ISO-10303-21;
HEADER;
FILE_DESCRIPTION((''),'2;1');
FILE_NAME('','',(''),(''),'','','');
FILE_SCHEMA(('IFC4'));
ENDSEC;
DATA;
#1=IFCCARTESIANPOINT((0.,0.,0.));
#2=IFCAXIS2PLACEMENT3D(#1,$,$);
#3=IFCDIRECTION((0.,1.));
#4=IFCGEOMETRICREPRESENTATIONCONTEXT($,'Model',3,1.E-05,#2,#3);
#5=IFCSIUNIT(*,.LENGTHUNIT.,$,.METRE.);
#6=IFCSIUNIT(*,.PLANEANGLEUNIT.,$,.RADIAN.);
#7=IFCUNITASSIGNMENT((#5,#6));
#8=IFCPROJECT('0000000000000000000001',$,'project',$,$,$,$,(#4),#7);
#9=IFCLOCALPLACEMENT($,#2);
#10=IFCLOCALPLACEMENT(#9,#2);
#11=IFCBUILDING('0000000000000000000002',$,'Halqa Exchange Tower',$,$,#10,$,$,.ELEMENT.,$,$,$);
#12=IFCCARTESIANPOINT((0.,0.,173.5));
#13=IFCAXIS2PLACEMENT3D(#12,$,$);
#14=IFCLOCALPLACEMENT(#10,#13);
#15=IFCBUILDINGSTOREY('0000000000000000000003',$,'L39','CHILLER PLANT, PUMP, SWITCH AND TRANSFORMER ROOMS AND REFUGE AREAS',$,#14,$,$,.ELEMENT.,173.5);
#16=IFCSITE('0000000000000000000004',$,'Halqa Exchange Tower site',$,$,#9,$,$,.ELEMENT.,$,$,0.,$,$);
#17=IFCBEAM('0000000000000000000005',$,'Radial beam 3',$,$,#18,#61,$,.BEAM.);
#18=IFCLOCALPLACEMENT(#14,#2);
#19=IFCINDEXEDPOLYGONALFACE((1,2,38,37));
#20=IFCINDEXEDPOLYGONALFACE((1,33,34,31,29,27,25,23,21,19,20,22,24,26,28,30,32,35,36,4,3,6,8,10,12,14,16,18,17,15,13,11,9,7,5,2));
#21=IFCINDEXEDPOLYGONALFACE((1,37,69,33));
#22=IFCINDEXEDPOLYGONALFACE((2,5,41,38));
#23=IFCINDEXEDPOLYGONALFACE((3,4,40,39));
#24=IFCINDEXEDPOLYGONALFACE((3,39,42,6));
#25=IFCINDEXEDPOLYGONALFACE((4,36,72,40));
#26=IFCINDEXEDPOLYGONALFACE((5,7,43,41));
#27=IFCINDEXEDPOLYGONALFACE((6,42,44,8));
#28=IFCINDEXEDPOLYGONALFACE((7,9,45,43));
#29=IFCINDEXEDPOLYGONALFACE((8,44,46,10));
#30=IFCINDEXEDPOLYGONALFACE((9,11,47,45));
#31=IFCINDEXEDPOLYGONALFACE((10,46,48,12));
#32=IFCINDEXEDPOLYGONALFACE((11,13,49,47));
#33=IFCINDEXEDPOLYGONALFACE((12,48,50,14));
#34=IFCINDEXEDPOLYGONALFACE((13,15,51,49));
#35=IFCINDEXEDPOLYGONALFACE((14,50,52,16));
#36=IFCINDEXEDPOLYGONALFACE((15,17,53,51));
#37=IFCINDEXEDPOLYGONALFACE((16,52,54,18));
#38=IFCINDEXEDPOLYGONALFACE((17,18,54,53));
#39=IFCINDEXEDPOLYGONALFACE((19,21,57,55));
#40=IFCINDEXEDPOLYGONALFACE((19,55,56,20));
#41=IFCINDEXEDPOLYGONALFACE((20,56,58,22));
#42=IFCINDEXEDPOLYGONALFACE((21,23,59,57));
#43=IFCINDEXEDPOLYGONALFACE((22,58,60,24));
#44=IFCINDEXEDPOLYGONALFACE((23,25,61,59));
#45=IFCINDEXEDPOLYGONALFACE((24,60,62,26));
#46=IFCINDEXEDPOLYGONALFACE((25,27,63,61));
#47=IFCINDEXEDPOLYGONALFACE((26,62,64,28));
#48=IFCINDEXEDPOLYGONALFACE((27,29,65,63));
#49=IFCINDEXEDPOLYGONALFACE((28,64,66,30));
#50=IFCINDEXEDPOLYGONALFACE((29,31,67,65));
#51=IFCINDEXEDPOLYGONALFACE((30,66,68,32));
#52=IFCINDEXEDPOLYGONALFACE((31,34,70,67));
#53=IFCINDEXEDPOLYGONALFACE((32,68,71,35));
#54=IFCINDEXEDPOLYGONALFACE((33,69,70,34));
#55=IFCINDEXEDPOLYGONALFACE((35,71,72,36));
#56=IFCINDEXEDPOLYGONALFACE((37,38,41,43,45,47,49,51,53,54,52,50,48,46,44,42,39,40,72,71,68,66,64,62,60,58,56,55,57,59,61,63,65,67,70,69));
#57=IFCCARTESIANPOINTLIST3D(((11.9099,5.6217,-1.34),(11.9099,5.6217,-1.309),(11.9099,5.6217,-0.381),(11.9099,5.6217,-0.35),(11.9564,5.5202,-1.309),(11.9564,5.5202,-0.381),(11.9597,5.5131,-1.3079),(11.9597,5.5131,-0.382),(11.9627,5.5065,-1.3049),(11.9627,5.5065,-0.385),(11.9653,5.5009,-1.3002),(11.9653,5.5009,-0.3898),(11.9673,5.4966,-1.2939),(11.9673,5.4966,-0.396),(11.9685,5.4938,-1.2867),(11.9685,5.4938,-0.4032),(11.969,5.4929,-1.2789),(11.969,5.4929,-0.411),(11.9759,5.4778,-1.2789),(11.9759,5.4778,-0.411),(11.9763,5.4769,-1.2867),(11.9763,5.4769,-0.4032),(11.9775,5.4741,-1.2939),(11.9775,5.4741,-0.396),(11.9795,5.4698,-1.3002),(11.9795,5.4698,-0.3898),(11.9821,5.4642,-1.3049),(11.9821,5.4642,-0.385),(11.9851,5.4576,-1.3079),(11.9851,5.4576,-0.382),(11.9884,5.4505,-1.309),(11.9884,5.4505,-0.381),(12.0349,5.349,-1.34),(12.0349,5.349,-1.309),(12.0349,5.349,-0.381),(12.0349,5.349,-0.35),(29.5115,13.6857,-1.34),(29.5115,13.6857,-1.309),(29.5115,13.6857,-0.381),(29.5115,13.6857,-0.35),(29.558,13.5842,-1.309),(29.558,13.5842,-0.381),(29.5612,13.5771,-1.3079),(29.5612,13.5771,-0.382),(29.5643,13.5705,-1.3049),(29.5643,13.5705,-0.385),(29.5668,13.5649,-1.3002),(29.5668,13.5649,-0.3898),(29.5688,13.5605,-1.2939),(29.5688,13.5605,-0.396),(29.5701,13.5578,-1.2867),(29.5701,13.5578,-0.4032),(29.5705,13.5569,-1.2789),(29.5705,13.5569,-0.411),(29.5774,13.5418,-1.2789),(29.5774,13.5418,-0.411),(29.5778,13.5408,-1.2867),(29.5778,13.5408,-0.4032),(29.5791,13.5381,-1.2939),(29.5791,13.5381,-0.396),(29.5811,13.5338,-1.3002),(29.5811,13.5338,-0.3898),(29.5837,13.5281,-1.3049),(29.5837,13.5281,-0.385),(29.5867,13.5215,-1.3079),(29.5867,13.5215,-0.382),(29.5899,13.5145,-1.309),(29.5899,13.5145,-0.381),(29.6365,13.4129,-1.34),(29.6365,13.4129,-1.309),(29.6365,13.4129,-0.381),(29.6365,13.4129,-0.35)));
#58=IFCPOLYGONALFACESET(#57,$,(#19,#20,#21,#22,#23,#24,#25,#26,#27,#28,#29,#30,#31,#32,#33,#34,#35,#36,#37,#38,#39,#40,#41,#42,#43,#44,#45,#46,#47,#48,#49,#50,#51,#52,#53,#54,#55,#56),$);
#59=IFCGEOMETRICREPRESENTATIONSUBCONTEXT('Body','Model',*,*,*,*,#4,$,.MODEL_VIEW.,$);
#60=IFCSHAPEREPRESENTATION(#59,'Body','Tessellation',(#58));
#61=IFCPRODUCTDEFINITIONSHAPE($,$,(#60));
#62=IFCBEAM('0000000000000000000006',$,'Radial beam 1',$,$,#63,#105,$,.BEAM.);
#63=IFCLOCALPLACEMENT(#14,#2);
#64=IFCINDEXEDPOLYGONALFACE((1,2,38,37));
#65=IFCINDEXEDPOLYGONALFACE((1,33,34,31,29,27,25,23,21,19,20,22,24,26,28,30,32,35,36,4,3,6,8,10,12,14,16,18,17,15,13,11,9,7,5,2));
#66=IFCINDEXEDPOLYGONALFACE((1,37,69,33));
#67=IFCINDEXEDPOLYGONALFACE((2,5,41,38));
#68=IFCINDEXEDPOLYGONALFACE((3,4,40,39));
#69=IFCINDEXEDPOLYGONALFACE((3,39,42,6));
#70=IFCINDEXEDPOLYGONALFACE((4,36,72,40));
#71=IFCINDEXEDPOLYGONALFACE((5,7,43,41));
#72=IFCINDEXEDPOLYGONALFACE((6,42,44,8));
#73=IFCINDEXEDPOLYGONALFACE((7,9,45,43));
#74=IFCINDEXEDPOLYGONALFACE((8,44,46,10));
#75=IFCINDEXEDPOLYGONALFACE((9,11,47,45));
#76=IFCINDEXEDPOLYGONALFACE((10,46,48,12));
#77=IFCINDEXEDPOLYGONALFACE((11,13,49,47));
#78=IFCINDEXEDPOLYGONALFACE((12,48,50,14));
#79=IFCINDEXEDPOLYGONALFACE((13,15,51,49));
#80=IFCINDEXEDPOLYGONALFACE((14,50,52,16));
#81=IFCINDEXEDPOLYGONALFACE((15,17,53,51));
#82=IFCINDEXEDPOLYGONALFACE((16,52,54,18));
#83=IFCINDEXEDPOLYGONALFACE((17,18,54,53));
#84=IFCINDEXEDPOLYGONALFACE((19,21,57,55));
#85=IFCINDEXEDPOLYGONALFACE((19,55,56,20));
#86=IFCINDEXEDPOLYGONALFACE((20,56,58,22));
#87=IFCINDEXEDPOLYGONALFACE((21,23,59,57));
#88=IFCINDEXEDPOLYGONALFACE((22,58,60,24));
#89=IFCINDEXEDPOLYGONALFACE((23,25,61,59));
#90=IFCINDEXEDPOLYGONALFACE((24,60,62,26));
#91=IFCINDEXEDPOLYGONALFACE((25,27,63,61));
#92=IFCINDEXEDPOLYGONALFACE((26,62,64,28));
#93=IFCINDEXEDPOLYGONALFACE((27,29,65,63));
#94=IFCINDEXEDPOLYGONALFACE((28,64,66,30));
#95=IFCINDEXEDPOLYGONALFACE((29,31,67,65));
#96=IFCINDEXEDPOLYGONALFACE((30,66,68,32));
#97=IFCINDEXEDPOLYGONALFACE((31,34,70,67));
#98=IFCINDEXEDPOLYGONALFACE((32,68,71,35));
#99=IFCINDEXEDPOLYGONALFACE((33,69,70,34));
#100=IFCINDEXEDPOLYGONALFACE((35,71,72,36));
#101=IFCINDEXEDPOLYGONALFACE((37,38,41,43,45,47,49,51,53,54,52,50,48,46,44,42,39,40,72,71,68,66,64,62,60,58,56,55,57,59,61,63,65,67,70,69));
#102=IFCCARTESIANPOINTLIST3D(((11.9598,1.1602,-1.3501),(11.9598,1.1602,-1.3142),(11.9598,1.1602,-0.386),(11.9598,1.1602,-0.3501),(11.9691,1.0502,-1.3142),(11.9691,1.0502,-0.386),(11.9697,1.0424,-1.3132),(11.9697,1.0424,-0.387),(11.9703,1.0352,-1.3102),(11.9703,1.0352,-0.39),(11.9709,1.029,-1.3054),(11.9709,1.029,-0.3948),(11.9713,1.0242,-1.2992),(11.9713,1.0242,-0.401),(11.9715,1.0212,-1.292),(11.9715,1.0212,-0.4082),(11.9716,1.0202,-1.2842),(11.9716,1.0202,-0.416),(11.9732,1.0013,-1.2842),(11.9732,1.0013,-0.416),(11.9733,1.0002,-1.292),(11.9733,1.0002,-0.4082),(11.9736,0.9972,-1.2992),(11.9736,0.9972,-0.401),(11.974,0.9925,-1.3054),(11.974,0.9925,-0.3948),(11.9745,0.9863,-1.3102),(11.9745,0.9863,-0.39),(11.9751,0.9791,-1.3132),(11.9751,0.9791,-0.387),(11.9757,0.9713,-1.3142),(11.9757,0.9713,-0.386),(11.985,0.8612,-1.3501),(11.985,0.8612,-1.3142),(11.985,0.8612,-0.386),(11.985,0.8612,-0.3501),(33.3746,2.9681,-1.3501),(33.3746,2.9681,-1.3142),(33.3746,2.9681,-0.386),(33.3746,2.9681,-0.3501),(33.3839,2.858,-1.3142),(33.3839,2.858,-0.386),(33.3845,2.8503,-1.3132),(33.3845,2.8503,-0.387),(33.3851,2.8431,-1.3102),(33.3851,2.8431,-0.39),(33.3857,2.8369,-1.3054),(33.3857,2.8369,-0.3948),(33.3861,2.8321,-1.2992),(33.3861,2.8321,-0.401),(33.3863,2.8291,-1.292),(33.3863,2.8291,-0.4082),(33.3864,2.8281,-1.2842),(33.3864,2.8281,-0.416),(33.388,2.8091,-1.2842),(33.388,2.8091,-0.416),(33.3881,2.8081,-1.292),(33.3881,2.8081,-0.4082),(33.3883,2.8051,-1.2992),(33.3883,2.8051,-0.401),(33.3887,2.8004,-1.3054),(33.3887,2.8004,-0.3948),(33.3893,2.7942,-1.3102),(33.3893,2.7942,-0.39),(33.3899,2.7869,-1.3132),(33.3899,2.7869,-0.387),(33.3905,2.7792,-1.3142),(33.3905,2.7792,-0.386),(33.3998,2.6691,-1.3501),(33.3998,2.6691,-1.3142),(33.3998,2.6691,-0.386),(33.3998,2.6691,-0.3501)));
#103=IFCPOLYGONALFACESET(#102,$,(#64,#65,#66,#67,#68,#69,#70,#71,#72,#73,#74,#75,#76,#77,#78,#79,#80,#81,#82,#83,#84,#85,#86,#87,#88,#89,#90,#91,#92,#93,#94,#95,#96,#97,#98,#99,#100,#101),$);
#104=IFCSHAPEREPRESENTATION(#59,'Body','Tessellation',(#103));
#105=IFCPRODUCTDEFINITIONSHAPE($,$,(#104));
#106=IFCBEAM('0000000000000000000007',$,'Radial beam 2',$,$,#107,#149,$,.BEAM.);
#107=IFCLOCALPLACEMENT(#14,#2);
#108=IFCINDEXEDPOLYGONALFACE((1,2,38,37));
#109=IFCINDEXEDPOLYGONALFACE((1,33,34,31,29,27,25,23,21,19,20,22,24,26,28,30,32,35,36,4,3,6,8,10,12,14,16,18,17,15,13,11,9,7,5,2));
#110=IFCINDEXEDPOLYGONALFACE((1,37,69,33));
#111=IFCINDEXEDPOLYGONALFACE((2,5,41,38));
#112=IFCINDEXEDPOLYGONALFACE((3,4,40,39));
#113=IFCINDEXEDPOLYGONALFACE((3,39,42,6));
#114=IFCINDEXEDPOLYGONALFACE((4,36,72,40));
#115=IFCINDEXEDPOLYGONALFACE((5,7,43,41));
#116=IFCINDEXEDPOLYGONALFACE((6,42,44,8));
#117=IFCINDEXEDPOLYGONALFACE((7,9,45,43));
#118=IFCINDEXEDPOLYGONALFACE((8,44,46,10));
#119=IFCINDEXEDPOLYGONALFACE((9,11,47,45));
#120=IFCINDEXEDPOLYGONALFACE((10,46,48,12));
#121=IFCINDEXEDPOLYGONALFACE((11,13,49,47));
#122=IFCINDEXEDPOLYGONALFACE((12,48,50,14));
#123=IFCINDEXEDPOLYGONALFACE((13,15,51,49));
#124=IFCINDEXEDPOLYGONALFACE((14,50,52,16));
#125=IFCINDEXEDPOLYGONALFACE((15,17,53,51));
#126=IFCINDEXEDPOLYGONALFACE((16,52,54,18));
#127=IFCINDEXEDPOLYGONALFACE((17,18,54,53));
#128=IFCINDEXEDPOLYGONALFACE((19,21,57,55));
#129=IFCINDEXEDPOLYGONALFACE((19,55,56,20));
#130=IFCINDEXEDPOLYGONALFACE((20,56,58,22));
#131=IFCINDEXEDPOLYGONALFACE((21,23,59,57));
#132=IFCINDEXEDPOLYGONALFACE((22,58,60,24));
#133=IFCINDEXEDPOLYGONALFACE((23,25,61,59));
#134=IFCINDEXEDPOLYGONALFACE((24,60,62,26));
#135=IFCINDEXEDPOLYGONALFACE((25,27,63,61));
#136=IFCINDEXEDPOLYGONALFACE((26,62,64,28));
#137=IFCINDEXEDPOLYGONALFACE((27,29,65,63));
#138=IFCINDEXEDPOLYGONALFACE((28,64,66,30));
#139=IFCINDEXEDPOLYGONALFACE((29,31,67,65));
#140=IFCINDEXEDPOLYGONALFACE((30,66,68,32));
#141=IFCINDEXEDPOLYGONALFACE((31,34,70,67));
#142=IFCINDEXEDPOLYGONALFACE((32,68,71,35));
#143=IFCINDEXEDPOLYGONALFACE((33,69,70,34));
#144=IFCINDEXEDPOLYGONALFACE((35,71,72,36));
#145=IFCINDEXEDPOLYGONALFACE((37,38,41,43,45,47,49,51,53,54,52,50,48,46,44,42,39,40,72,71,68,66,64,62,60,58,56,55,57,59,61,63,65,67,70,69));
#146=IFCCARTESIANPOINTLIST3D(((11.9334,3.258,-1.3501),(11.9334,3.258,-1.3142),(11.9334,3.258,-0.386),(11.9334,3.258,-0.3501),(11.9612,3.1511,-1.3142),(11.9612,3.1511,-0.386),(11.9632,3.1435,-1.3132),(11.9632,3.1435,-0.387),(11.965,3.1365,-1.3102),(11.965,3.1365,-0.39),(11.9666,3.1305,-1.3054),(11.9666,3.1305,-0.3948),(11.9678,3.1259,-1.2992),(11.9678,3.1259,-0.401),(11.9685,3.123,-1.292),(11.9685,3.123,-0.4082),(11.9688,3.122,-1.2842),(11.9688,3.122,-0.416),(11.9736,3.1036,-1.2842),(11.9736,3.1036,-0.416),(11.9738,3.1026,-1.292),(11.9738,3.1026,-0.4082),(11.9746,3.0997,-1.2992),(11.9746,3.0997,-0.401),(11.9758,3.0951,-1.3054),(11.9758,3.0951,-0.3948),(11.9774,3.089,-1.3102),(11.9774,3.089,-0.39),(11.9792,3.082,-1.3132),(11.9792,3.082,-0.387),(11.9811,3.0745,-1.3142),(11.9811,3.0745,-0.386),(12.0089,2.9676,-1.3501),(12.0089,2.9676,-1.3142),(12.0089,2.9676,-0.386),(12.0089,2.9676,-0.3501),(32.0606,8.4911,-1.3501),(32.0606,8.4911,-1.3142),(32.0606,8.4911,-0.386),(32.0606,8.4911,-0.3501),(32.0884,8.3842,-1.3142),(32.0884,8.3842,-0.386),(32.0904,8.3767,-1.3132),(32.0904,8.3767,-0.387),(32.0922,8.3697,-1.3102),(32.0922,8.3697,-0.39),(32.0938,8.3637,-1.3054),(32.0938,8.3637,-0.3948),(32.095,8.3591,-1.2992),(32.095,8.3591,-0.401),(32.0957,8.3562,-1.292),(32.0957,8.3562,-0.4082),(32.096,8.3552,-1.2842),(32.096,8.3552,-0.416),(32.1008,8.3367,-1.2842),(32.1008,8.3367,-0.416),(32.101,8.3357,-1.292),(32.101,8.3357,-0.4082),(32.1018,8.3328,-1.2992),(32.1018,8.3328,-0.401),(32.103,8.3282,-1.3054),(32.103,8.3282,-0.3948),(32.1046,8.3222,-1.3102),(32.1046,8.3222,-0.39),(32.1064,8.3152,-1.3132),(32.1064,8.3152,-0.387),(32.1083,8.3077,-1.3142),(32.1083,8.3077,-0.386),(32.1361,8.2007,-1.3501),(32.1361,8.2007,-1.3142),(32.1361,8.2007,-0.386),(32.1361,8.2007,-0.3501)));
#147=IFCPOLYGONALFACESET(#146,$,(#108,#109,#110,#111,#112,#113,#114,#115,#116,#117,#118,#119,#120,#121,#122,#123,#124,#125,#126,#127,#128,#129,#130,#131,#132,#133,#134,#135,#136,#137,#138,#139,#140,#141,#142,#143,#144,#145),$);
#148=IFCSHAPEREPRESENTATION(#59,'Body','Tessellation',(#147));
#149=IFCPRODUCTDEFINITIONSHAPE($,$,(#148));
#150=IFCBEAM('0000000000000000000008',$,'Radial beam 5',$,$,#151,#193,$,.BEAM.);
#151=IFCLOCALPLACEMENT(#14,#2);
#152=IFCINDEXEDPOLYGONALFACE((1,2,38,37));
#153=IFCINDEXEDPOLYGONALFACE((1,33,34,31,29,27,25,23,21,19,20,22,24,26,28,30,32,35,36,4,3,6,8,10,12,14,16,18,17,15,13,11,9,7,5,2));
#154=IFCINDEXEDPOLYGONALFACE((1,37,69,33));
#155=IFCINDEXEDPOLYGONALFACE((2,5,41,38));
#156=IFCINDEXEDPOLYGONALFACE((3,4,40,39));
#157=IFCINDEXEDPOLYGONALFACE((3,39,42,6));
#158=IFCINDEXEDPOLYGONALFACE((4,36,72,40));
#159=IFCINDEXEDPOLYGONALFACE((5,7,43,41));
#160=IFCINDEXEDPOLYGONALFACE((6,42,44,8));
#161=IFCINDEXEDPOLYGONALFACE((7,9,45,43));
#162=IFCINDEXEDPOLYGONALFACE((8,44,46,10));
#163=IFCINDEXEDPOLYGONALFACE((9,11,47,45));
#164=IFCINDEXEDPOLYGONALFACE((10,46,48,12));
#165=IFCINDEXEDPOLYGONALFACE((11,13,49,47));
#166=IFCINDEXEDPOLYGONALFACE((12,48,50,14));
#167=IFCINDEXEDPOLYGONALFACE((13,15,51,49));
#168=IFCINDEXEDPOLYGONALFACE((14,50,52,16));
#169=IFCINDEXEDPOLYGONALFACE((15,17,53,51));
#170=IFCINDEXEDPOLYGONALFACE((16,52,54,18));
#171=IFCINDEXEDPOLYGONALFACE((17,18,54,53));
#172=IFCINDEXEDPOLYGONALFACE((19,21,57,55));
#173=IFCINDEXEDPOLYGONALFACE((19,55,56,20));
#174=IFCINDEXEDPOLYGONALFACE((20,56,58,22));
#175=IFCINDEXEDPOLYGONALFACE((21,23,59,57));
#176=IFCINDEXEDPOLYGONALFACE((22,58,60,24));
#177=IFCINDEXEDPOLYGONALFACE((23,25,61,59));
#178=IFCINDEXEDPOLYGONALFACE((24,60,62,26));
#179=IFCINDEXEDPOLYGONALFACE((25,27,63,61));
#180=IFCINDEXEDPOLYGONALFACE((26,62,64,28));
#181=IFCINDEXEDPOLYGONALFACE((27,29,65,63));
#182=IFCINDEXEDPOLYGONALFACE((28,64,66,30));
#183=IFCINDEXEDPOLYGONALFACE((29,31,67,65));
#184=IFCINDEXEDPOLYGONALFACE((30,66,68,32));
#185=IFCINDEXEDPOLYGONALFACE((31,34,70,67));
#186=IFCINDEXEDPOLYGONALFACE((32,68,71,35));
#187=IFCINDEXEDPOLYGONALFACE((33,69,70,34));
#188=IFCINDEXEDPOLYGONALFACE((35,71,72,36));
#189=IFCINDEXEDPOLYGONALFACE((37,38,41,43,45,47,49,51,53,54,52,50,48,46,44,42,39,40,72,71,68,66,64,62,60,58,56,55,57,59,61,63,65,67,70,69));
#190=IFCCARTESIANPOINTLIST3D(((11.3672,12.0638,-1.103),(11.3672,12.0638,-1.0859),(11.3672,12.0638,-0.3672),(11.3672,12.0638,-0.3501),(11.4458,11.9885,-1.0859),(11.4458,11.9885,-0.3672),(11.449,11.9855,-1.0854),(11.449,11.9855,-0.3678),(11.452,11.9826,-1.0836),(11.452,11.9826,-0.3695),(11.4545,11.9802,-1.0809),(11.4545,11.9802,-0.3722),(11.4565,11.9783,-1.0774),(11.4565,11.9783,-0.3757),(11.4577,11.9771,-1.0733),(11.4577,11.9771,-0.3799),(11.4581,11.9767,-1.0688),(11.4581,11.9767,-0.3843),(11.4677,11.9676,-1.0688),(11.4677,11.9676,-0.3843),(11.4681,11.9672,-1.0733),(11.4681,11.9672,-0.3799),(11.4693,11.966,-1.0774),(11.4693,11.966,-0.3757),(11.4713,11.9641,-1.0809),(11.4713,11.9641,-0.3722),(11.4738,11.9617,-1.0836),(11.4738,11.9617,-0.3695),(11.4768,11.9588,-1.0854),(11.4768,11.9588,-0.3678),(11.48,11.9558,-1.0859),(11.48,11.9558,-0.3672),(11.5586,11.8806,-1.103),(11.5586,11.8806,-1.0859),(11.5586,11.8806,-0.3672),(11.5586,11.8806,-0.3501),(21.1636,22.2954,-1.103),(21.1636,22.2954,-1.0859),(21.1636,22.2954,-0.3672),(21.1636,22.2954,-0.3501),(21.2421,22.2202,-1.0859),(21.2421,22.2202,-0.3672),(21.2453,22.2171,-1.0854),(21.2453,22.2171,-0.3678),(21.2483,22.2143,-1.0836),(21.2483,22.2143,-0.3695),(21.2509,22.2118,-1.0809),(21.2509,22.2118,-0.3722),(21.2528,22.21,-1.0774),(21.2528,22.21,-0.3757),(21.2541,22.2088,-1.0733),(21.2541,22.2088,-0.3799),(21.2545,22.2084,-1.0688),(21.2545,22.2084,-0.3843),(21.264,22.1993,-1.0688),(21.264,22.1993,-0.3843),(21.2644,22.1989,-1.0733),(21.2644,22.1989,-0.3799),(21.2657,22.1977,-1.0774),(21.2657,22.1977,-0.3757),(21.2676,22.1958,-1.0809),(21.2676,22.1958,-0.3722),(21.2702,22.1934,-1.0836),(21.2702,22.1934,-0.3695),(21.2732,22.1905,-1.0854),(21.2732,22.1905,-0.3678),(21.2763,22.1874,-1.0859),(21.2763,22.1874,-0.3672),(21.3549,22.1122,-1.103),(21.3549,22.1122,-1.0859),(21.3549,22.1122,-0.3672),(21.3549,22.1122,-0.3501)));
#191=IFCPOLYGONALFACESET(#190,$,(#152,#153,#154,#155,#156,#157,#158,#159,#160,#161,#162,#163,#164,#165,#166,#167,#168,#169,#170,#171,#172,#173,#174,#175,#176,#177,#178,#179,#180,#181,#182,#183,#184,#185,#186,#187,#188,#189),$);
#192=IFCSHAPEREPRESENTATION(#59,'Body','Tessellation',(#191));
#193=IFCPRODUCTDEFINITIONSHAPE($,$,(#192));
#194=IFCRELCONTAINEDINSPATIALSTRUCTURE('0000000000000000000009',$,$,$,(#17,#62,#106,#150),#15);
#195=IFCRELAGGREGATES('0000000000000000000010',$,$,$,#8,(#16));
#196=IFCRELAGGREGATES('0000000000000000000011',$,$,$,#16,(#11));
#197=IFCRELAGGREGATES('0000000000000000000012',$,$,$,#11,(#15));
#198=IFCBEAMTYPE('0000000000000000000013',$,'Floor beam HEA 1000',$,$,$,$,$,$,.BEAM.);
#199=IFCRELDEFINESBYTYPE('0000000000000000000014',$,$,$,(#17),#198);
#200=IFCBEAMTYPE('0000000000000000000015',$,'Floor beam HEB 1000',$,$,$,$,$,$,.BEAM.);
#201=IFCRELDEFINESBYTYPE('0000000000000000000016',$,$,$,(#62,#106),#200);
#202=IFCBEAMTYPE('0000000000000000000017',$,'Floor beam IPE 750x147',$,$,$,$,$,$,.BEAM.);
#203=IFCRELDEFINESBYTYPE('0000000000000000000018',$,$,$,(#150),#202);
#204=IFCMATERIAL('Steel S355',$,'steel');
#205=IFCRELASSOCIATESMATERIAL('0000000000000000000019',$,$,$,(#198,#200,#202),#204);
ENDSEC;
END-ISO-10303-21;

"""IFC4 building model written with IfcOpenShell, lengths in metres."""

from ifc_helpers import new_model, si_unit, direction, frame, origin, origin_2d, place, context, subcontext, project, spatial, i_section, extrude, material, material_profile, profile_set, type_object, element, save


model = new_model("IFC4")

# Units and contexts
model_context = context("Model", 3, precision=1e-05, world=origin(), true_north=direction((0.0, 1.0)))
body_context = subcontext(model_context, "Body", "Model", "MODEL_VIEW")
ifc_project = project(units=[si_unit("LENGTHUNIT", "METRE"), si_unit("PLANEANGLEUNIT", "RADIAN")], contexts=[model_context])

# Site, building, storey
site_placement = place(None, origin())
site = spatial("IfcSite", under=ifc_project, at=site_placement, Name="Halqa Exchange Tower site", CompositionType="ELEMENT", RefElevation=0.0)
building_placement = place(site_placement, origin())
building = spatial("IfcBuilding", under=site, at=building_placement, Name="Halqa Exchange Tower", CompositionType="ELEMENT")
storey_placement = place(building_placement, frame((0.0, 0.0, 173.5)))
storey = spatial("IfcBuildingStorey", under=building, at=storey_placement, Name="L39", Description="CHILLER PLANT, PUMP, SWITCH AND TRANSFORMER ROOMS AND REFUGE AREAS", CompositionType="ELEMENT", Elevation=173.5)

# Beams
ifc_material_1 = material(Name="Steel S355", Category="steel")
ifc_material_profile_1 = material_profile(ifc_material_1, i_section(OverallWidth=0.3, OverallDepth=0.99, WebThickness=0.0166, FlangeThickness=0.031, FilletRadius=0.03, at=origin_2d()), Name="HEA 1000")
ifc_profile_set_1 = profile_set([ifc_material_profile_1], Name="Steel S355")
beam_type_1 = type_object("IfcBeamType", Name="Floor beam HEA 1000", PredefinedType="BEAM", material=ifc_profile_set_1)
beam_1_placement = place(storey_placement, frame((11.9724, 5.4854, -0.845), z_axis=(0.909132, 0.416509, 0.0), x_axis=(-0.416509, 0.909132, 0.0)))
element("IfcBeam", 1, at=beam_1_placement, inside=storey, type_object=beam_type_1, Name="Radial beam 3", PredefinedType="BEAM", context=body_context, shape_type="SweptSolid", body=[
    extrude(i_section(OverallWidth=0.3, OverallDepth=0.99, WebThickness=0.0166, FlangeThickness=0.031, FilletRadius=0.03, at=origin_2d()), origin(), (0.0, 0.0, 1.0), 19.3608),
])
ifc_material_profile_2 = material_profile(ifc_material_1, i_section(OverallWidth=0.3, OverallDepth=1.0, WebThickness=0.019, FlangeThickness=0.0359, FilletRadius=0.03, at=origin_2d()), Name="HEB 1000")
ifc_profile_set_2 = profile_set([ifc_material_profile_2], Name="Steel S355")
beam_type_2 = type_object("IfcBeamType", Name="Floor beam HEB 1000", PredefinedType="BEAM", material=ifc_profile_set_2)
beam_2_placement = place(storey_placement, frame((11.9724, 1.0107, -0.8501), z_axis=(0.996455, 0.084122, 0.0), x_axis=(-0.084122, 0.996455, 0.0)))
element("IfcBeam", 2, at=beam_2_placement, inside=storey, type_object=beam_type_2, Name="Radial beam 1", PredefinedType="BEAM", context=body_context, shape_type="SweptSolid", body=[
    extrude(i_section(OverallWidth=0.3, OverallDepth=1.0, WebThickness=0.019, FlangeThickness=0.0359, FilletRadius=0.03, at=origin_2d()), origin(), (0.0, 0.0, 1.0), 21.491),
])
beam_3_placement = place(storey_placement, frame((11.9712, 3.1128, -0.8501), z_axis=(0.967822, 0.251638, 0.0), x_axis=(-0.251638, 0.967822, 0.0)))
element("IfcBeam", 3, at=beam_3_placement, inside=storey, type_object=beam_type_2, Name="Radial beam 2", PredefinedType="BEAM", context=body_context, shape_type="SweptSolid", body=[
    extrude(i_section(OverallWidth=0.3, OverallDepth=1.0, WebThickness=0.019, FlangeThickness=0.0359, FilletRadius=0.03, at=origin_2d()), origin(), (0.0, 0.0, 1.0), 20.7964),
])
ifc_material_profile_3 = material_profile(ifc_material_1, i_section(OverallWidth=0.2649, OverallDepth=0.7529, WebThickness=0.0132, FlangeThickness=0.0171, FilletRadius=0.0171, at=origin_2d()), Name="IPE 750x147")
ifc_profile_set_3 = profile_set([ifc_material_profile_3], Name="Steel S355")
beam_type_3 = type_object("IfcBeamType", Name="Floor beam IPE 750x147", PredefinedType="BEAM", material=ifc_profile_set_3)
beam_4_placement = place(storey_placement, frame((11.4629, 11.9722, -0.7266), z_axis=(0.691575, 0.722305, 0.0), x_axis=(-0.722305, 0.691575, 0.0)))
element("IfcBeam", 4, at=beam_4_placement, inside=storey, type_object=beam_type_3, Name="Radial beam 5", PredefinedType="BEAM", context=body_context, shape_type="SweptSolid", body=[
    extrude(i_section(OverallWidth=0.2649, OverallDepth=0.7529, WebThickness=0.0132, FlangeThickness=0.0171, FilletRadius=0.0171, at=origin_2d()), origin(), (0.0, 0.0, 1.0), 14.1653),
])

save(model, "model.ifc")
